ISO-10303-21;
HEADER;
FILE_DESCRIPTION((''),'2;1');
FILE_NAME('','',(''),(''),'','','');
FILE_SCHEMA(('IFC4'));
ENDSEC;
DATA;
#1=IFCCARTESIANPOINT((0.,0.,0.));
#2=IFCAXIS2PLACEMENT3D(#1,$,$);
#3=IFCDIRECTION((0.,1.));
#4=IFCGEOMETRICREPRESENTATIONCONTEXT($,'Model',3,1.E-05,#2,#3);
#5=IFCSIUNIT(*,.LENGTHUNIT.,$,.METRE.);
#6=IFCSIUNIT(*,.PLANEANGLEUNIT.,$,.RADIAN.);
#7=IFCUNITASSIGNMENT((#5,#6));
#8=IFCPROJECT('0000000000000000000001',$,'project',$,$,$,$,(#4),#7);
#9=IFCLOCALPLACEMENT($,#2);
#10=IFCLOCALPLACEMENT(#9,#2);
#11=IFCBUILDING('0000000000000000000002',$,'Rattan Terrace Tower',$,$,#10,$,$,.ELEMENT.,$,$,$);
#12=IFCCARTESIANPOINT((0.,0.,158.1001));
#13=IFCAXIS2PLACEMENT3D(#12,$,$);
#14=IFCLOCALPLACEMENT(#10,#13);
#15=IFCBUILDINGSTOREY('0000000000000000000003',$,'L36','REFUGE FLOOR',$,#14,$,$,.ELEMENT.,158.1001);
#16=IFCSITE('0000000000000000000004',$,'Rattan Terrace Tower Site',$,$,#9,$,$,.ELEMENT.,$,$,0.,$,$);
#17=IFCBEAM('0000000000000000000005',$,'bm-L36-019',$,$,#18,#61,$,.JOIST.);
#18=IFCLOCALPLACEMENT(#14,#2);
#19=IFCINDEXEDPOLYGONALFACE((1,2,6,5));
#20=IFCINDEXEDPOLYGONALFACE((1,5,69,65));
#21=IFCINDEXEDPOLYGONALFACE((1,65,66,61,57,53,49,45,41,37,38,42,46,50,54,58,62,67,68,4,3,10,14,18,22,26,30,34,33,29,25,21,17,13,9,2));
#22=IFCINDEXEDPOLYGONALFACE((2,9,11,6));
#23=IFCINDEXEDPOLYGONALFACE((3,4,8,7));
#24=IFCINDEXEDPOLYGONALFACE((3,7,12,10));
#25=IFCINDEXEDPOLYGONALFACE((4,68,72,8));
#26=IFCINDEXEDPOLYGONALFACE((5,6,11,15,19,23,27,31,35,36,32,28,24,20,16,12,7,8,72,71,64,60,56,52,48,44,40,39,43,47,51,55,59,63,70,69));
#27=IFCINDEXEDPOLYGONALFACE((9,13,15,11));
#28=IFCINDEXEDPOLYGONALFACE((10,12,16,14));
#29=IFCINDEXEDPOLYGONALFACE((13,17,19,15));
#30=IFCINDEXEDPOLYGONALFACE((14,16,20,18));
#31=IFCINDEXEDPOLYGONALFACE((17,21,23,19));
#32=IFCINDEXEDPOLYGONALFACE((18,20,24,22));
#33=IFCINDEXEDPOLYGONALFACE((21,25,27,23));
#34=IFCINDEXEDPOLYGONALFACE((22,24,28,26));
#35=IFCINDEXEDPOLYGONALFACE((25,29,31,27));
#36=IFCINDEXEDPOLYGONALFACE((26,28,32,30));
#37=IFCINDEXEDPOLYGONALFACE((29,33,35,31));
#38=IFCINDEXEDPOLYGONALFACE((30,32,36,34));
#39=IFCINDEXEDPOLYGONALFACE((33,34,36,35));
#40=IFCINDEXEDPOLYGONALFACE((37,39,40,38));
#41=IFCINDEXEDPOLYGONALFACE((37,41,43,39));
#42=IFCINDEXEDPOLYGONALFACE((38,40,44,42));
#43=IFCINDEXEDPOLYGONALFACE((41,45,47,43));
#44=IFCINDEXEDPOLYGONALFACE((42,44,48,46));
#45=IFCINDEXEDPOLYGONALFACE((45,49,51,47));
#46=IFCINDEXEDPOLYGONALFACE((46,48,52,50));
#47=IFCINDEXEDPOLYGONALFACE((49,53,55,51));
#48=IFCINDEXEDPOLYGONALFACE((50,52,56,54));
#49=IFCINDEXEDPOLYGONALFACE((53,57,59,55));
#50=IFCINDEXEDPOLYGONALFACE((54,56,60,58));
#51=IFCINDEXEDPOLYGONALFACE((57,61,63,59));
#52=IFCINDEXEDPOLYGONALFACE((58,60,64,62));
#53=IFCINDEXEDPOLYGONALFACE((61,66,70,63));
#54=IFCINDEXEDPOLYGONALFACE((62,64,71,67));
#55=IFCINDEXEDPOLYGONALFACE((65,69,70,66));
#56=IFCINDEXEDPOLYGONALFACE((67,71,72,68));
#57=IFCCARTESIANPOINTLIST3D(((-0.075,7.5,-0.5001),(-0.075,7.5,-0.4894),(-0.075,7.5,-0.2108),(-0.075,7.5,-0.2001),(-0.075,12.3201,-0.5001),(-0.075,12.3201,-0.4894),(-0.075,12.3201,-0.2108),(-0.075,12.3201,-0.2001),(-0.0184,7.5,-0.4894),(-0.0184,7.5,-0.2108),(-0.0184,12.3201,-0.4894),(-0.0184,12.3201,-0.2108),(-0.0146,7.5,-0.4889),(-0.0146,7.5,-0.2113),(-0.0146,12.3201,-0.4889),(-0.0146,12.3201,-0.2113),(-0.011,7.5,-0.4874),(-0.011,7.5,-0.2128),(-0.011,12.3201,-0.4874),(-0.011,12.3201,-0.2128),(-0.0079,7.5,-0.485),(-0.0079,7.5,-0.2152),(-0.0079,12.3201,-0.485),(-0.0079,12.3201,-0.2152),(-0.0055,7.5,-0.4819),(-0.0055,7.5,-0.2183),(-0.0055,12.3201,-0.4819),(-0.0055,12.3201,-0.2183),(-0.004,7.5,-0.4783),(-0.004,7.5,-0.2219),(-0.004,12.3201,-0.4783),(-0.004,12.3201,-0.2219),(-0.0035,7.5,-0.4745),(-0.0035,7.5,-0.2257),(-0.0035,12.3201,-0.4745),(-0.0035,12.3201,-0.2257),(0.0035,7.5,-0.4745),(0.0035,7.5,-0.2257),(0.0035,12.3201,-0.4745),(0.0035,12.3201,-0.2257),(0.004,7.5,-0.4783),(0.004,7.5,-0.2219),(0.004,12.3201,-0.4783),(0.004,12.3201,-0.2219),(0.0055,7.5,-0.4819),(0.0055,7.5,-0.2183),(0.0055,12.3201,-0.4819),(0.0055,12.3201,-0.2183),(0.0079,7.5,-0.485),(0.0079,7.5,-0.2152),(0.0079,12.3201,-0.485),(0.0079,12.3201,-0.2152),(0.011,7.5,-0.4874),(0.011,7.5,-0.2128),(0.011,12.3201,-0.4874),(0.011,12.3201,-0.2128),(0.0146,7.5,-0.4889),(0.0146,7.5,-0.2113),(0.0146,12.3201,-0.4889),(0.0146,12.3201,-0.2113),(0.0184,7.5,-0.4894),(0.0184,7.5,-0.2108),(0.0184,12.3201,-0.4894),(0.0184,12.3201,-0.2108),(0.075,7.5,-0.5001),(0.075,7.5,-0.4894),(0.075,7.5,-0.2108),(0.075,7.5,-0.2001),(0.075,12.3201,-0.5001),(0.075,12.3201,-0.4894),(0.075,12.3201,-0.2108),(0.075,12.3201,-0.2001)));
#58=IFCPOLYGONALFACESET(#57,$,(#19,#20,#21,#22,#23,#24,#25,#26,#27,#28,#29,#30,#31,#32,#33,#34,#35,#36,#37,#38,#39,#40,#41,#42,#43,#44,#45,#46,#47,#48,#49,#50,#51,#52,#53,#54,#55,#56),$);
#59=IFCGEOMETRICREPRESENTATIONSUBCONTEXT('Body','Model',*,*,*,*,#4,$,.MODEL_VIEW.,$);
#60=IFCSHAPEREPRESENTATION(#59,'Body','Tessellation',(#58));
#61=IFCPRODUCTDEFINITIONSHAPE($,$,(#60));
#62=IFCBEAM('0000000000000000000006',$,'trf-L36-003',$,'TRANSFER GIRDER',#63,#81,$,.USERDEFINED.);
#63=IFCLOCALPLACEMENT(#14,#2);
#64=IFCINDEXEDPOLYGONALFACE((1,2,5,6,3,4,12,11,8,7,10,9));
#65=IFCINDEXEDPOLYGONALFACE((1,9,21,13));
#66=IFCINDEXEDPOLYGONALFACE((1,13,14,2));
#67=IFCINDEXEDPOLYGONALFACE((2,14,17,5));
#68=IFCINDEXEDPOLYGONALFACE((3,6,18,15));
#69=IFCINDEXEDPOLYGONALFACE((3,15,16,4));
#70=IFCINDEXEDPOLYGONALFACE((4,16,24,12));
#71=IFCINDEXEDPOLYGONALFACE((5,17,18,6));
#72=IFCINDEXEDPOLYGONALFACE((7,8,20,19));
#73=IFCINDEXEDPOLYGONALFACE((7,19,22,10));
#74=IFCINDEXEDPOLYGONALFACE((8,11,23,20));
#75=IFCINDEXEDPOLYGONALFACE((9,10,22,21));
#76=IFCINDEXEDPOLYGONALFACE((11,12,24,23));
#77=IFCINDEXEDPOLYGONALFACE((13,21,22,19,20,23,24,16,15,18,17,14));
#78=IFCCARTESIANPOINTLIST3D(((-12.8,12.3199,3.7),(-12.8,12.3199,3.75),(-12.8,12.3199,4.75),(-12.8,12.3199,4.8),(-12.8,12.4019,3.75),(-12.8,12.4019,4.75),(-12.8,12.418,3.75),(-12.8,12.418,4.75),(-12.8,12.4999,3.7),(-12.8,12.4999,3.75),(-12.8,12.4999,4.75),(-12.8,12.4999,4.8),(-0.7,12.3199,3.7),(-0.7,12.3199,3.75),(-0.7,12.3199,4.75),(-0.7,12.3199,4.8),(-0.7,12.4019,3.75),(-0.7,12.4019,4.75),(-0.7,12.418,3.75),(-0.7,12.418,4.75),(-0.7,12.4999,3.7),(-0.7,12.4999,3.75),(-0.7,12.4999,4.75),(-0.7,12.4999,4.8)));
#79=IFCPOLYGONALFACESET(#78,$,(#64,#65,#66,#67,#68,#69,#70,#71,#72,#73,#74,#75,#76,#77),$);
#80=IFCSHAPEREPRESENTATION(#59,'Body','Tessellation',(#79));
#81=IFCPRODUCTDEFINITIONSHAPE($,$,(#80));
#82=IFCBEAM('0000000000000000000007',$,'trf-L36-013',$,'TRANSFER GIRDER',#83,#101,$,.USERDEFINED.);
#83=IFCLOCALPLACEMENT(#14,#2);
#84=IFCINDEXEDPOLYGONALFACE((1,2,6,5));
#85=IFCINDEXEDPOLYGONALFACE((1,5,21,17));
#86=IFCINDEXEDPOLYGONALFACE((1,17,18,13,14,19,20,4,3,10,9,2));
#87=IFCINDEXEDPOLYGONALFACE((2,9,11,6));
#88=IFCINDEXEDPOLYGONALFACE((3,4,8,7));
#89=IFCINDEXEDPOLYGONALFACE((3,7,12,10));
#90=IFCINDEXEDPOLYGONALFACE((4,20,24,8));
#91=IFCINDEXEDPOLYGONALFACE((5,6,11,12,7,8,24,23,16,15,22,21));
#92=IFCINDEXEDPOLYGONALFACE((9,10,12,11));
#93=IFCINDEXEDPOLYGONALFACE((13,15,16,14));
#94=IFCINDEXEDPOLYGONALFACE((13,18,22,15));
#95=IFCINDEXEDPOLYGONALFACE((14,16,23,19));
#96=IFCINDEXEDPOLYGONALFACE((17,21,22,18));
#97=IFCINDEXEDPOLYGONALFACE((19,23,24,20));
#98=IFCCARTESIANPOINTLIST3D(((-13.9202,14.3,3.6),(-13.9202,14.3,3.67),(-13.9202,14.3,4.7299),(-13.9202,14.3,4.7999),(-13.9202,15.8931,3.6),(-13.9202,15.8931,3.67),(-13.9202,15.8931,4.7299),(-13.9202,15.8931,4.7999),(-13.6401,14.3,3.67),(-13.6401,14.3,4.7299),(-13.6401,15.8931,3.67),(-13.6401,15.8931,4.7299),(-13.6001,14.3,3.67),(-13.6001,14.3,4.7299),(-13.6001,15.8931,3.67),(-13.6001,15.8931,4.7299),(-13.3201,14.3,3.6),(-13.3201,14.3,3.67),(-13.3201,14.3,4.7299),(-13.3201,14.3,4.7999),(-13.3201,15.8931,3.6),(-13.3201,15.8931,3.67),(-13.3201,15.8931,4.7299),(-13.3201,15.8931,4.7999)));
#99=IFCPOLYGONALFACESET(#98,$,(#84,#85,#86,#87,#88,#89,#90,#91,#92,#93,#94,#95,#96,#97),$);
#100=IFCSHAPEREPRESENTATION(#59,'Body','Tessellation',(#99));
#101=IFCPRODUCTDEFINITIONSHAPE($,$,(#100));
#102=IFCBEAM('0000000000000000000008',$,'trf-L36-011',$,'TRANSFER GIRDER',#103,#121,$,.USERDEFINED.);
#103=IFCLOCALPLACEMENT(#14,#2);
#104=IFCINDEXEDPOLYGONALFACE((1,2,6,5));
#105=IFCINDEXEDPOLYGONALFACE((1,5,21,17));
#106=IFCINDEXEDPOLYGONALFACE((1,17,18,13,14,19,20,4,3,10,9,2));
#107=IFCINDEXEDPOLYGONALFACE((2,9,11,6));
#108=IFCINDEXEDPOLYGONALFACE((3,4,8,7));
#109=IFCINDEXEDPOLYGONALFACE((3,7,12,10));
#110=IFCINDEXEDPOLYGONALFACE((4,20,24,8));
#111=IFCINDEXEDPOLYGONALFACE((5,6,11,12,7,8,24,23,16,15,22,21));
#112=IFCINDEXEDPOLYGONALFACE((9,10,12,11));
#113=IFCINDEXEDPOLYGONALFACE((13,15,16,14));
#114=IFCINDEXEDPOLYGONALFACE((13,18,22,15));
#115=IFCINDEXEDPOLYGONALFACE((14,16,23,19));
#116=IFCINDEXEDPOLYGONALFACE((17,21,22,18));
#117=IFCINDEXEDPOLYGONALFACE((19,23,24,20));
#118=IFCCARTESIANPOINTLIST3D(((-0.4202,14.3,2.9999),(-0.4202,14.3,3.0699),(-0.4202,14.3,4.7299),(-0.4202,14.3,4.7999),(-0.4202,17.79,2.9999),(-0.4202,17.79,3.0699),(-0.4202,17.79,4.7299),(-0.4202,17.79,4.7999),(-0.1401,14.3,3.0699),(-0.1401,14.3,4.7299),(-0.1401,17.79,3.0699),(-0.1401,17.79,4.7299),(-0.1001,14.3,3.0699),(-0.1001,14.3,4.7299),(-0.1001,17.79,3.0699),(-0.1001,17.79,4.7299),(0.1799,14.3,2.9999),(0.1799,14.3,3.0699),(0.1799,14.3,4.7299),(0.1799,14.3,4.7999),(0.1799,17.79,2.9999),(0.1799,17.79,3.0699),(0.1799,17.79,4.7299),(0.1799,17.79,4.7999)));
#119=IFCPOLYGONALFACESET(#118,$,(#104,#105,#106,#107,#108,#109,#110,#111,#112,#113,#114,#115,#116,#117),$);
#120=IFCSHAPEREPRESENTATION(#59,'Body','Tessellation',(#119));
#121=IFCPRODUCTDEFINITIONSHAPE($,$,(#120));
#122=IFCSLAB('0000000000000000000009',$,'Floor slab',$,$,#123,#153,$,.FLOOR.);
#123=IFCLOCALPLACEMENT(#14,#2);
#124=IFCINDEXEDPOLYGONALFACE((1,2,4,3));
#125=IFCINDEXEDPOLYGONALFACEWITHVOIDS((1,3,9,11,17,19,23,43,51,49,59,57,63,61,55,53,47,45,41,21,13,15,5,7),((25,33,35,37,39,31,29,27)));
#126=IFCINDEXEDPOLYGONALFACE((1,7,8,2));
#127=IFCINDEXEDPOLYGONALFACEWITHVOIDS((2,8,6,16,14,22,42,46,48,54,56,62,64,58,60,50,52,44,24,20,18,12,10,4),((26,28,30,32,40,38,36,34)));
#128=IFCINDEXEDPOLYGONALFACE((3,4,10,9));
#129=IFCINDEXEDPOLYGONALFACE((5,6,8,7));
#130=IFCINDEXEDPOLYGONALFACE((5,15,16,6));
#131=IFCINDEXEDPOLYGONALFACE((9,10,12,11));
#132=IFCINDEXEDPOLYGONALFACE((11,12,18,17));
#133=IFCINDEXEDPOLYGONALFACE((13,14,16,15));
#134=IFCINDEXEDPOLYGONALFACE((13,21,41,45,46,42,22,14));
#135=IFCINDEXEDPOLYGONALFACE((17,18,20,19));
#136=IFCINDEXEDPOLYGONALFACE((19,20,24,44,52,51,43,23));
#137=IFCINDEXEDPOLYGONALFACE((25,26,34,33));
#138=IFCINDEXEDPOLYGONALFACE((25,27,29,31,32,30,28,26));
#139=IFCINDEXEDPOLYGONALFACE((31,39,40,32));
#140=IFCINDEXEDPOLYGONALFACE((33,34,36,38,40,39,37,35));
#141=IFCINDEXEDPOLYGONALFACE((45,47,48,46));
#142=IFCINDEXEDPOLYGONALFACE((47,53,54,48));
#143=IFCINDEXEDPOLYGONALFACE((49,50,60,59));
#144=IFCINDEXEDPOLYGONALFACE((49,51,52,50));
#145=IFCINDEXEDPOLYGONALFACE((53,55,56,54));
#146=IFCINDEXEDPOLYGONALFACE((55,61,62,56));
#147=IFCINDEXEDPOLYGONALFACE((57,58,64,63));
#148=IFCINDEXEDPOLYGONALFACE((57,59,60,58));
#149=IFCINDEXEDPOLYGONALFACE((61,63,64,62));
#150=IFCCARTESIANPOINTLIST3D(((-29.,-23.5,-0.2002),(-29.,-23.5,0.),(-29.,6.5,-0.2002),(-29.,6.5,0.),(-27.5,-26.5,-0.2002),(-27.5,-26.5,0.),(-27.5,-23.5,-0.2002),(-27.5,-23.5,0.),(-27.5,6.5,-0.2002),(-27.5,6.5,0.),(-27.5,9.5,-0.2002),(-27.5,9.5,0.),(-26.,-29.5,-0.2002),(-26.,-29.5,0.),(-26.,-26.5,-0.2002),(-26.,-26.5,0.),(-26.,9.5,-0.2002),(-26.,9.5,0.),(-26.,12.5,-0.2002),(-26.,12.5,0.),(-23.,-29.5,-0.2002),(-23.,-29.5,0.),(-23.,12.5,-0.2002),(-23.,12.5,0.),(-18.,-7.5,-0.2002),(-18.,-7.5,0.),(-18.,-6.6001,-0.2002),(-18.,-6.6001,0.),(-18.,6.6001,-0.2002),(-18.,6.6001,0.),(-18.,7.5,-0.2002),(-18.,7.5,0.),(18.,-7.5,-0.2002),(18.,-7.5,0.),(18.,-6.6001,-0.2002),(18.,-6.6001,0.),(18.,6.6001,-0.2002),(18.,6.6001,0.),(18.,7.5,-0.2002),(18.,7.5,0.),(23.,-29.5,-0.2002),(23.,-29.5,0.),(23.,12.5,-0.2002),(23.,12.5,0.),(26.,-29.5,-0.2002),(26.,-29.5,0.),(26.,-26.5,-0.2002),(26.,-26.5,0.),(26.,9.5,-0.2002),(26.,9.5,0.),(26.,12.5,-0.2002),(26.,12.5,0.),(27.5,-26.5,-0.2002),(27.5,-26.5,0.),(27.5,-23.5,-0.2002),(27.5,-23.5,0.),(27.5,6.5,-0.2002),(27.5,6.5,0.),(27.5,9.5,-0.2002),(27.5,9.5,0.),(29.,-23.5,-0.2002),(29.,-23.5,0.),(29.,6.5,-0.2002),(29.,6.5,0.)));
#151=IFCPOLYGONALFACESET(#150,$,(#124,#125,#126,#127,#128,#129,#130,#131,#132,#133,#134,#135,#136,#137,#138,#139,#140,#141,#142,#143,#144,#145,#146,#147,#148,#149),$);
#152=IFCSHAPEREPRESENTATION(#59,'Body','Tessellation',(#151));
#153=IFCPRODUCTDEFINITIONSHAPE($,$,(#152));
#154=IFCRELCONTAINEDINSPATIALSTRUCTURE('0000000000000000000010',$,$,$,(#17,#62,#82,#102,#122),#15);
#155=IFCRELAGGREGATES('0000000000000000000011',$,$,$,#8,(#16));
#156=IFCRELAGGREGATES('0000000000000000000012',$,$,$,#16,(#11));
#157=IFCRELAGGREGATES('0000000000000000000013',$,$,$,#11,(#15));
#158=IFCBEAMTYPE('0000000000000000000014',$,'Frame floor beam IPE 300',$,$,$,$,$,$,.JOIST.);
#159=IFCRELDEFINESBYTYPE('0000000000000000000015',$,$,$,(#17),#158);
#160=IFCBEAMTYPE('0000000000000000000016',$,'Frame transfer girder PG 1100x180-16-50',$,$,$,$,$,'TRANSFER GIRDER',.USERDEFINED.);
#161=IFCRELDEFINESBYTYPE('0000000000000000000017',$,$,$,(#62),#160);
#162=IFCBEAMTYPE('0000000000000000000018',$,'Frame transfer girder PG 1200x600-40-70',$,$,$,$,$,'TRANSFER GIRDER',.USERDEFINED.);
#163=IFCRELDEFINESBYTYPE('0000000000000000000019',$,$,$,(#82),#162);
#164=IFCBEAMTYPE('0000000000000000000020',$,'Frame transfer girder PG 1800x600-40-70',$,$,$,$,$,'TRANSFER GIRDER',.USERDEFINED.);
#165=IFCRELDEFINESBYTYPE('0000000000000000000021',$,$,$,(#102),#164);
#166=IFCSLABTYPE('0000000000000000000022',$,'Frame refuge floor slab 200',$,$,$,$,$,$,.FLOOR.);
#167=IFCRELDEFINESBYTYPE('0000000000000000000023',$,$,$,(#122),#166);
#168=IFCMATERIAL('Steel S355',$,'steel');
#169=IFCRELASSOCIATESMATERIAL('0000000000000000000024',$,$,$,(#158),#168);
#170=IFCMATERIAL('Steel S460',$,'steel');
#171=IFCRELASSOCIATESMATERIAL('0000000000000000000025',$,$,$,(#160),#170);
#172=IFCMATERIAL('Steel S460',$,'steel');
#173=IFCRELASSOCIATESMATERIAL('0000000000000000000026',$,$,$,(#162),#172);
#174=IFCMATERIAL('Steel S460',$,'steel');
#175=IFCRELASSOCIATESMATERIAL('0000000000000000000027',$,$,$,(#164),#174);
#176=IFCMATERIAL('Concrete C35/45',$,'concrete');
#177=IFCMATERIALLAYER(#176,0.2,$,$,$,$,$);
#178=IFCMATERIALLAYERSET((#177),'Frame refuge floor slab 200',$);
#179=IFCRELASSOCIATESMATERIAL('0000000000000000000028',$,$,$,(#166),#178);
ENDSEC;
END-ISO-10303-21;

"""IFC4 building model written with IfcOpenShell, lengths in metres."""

from ifc_helpers import new_model, si_unit, direction, frame, origin, origin_2d, place, context, subcontext, project, spatial, polyline, i_section, outline, extrude, material, layer, layer_set, material_profile, profile_set, type_object, element, save


model = new_model("IFC4")

# Units and contexts
model_context = context("Model", 3, precision=1e-05, world=origin(), true_north=direction((0.0, 1.0)))
body_context = subcontext(model_context, "Body", "Model", "MODEL_VIEW")
ifc_project = project(units=[si_unit("LENGTHUNIT", "METRE"), si_unit("PLANEANGLEUNIT", "RADIAN")], contexts=[model_context])

# Site, building, storey
site_placement = place(None, origin())
site = spatial("IfcSite", under=ifc_project, at=site_placement, Name="Rattan Terrace Tower Site", CompositionType="ELEMENT", RefElevation=0.0)
building_placement = place(site_placement, origin())
building = spatial("IfcBuilding", under=site, at=building_placement, Name="Rattan Terrace Tower", CompositionType="ELEMENT")
storey_placement = place(building_placement, frame((0.0, 0.0, 158.1001)))
storey = spatial("IfcBuildingStorey", under=building, at=storey_placement, Name="L36", Description="REFUGE FLOOR", CompositionType="ELEMENT", Elevation=158.1001)

# Beams
ifc_material_1 = material(Name="Steel S355", Category="steel")
ifc_material_profile_1 = material_profile(ifc_material_1, i_section(OverallWidth=0.1499, OverallDepth=0.3, WebThickness=0.0071, FlangeThickness=0.0107, FilletRadius=0.0149, at=origin_2d()), Name="IPE 300")
ifc_profile_set_1 = profile_set([ifc_material_profile_1], Name="Steel S355")
beam_type_1 = type_object("IfcBeamType", Name="Frame floor beam IPE 300", PredefinedType="JOIST", material=ifc_profile_set_1)
for number, where, z_axis, x_axis, name in (
    (1, (0.0, 7.5, -0.3501), (0.0, 1.0, 0.0), (-1.0, 0.0, 0.0), "bm-L36-019"),
):
    element("IfcBeam", number, at=place(storey_placement, frame(where, z_axis=z_axis, x_axis=x_axis)), inside=storey, type_object=beam_type_1, Name=name, PredefinedType="JOIST", context=body_context, shape_type="SweptSolid", body=[
        extrude(i_section(OverallWidth=0.1499, OverallDepth=0.3, WebThickness=0.0071, FlangeThickness=0.0107, FilletRadius=0.0149, at=origin_2d()), origin(), (0.0, 0.0, 1.0), 4.8201),
    ])
ifc_material_2 = material(Name="Steel S460", Category="steel")
ifc_material_profile_2 = material_profile(ifc_material_2, i_section(OverallWidth=0.1799, OverallDepth=1.1001, WebThickness=0.0161, FlangeThickness=0.05, at=origin_2d()), Name="PG 1100x180-16-50")
ifc_profile_set_2 = profile_set([ifc_material_profile_2], Name="Steel S460")
beam_type_2 = type_object("IfcBeamType", Name="Frame transfer girder PG 1100x180-16-50", ElementType="TRANSFER GIRDER", PredefinedType="USERDEFINED", material=ifc_profile_set_2)
beam_1_placement = place(storey_placement, frame((-0.7, 12.4099, 4.25), z_axis=(-1.0, 0.0, 0.0), x_axis=(0.0, -1.0, 0.0)))
element("IfcBeam", 2, at=beam_1_placement, inside=storey, type_object=beam_type_2, Name="trf-L36-003", ObjectType="TRANSFER GIRDER", PredefinedType="USERDEFINED", context=body_context, shape_type="SweptSolid", body=[
    extrude(i_section(OverallWidth=0.1799, OverallDepth=1.1001, WebThickness=0.0161, FlangeThickness=0.05, at=origin_2d()), origin(), (0.0, 0.0, 1.0), 12.1001),
])
ifc_material_3 = material(Name="Steel S460", Category="steel")
ifc_material_profile_3 = material_profile(ifc_material_3, i_section(OverallWidth=0.6001, OverallDepth=1.2, WebThickness=0.04, FlangeThickness=0.0701, at=origin_2d()), Name="PG 1200x600-40-70")
ifc_profile_set_3 = profile_set([ifc_material_profile_3], Name="Steel S460")
beam_type_3 = type_object("IfcBeamType", Name="Frame transfer girder PG 1200x600-40-70", ElementType="TRANSFER GIRDER", PredefinedType="USERDEFINED", material=ifc_profile_set_3)
beam_2_placement = place(storey_placement, frame((-13.6201, 14.3, 4.2), z_axis=(0.0, 1.0, 0.0), x_axis=(-1.0, 0.0, 0.0)))
element("IfcBeam", 3, at=beam_2_placement, inside=storey, type_object=beam_type_3, Name="trf-L36-013", ObjectType="TRANSFER GIRDER", PredefinedType="USERDEFINED", context=body_context, shape_type="SweptSolid", body=[
    extrude(i_section(OverallWidth=0.6001, OverallDepth=1.2, WebThickness=0.04, FlangeThickness=0.0701, at=origin_2d()), origin(), (0.0, 0.0, 1.0), 1.593),
])
ifc_material_4 = material(Name="Steel S460", Category="steel")
ifc_material_profile_4 = material_profile(ifc_material_4, i_section(OverallWidth=0.6001, OverallDepth=1.8, WebThickness=0.04, FlangeThickness=0.0701, at=origin_2d()), Name="PG 1800x600-40-70")
ifc_profile_set_4 = profile_set([ifc_material_profile_4], Name="Steel S460")
beam_type_4 = type_object("IfcBeamType", Name="Frame transfer girder PG 1800x600-40-70", ElementType="TRANSFER GIRDER", PredefinedType="USERDEFINED", material=ifc_profile_set_4)
beam_3_placement = place(storey_placement, frame((-0.1201, 14.3, 3.8999), z_axis=(0.0, 1.0, 0.0), x_axis=(-1.0, 0.0, 0.0)))
element("IfcBeam", 4, at=beam_3_placement, inside=storey, type_object=beam_type_4, Name="trf-L36-011", ObjectType="TRANSFER GIRDER", PredefinedType="USERDEFINED", context=body_context, shape_type="SweptSolid", body=[
    extrude(i_section(OverallWidth=0.6001, OverallDepth=1.8, WebThickness=0.04, FlangeThickness=0.0701, at=origin_2d()), origin(), (0.0, 0.0, 1.0), 3.49),
])

# Slab
ifc_material_5 = material(Name="Concrete C35/45", Category="concrete")
ifc_layer_1 = layer(ifc_material_5, 0.2)
ifc_layer_set_1 = layer_set([ifc_layer_1], Name="Frame refuge floor slab 200")
slab_type = type_object("IfcSlabType", Name="Frame refuge floor slab 200", PredefinedType="FLOOR", material=ifc_layer_set_1)
slab_1_placement = place(storey_placement, frame((0.0, 0.0, -0.2002)))
element("IfcSlab", 5, at=slab_1_placement, inside=storey, type_object=slab_type, Name="Floor slab", PredefinedType="FLOOR", context=body_context, shape_type="SweptSolid", body=[
    extrude(outline(polyline([(-23.0, -29.5), (23.0, -29.5), (26.0, -29.5), (26.0, -26.5), (27.5, -26.5), (27.5, -23.5), (29.0, -23.5), (29.0, 6.5), (27.5, 6.5), (27.5, 9.5), (26.0, 9.5), (26.0, 12.5), (23.0, 12.5), (-23.0, 12.5), (-26.0, 12.5), (-26.0, 9.5), (-27.5, 9.5), (-27.5, 6.5), (-29.0, 6.5), (-29.0, -23.5), (-27.5, -23.5), (-27.5, -26.5), (-26.0, -26.5), (-26.0, -29.5), (-23.0, -29.5)]), holes=[polyline([(-18.0, -6.6001), (-18.0, -7.5), (18.0, -7.5), (18.0, -6.6001), (18.0, 6.6001), (18.0, 7.5), (-18.0, 7.5), (-18.0, 6.6001), (-18.0, -6.6001)])]), origin(), (0.0, 0.0, 1.0), 0.2002),
])

save(model, "model.ifc")
